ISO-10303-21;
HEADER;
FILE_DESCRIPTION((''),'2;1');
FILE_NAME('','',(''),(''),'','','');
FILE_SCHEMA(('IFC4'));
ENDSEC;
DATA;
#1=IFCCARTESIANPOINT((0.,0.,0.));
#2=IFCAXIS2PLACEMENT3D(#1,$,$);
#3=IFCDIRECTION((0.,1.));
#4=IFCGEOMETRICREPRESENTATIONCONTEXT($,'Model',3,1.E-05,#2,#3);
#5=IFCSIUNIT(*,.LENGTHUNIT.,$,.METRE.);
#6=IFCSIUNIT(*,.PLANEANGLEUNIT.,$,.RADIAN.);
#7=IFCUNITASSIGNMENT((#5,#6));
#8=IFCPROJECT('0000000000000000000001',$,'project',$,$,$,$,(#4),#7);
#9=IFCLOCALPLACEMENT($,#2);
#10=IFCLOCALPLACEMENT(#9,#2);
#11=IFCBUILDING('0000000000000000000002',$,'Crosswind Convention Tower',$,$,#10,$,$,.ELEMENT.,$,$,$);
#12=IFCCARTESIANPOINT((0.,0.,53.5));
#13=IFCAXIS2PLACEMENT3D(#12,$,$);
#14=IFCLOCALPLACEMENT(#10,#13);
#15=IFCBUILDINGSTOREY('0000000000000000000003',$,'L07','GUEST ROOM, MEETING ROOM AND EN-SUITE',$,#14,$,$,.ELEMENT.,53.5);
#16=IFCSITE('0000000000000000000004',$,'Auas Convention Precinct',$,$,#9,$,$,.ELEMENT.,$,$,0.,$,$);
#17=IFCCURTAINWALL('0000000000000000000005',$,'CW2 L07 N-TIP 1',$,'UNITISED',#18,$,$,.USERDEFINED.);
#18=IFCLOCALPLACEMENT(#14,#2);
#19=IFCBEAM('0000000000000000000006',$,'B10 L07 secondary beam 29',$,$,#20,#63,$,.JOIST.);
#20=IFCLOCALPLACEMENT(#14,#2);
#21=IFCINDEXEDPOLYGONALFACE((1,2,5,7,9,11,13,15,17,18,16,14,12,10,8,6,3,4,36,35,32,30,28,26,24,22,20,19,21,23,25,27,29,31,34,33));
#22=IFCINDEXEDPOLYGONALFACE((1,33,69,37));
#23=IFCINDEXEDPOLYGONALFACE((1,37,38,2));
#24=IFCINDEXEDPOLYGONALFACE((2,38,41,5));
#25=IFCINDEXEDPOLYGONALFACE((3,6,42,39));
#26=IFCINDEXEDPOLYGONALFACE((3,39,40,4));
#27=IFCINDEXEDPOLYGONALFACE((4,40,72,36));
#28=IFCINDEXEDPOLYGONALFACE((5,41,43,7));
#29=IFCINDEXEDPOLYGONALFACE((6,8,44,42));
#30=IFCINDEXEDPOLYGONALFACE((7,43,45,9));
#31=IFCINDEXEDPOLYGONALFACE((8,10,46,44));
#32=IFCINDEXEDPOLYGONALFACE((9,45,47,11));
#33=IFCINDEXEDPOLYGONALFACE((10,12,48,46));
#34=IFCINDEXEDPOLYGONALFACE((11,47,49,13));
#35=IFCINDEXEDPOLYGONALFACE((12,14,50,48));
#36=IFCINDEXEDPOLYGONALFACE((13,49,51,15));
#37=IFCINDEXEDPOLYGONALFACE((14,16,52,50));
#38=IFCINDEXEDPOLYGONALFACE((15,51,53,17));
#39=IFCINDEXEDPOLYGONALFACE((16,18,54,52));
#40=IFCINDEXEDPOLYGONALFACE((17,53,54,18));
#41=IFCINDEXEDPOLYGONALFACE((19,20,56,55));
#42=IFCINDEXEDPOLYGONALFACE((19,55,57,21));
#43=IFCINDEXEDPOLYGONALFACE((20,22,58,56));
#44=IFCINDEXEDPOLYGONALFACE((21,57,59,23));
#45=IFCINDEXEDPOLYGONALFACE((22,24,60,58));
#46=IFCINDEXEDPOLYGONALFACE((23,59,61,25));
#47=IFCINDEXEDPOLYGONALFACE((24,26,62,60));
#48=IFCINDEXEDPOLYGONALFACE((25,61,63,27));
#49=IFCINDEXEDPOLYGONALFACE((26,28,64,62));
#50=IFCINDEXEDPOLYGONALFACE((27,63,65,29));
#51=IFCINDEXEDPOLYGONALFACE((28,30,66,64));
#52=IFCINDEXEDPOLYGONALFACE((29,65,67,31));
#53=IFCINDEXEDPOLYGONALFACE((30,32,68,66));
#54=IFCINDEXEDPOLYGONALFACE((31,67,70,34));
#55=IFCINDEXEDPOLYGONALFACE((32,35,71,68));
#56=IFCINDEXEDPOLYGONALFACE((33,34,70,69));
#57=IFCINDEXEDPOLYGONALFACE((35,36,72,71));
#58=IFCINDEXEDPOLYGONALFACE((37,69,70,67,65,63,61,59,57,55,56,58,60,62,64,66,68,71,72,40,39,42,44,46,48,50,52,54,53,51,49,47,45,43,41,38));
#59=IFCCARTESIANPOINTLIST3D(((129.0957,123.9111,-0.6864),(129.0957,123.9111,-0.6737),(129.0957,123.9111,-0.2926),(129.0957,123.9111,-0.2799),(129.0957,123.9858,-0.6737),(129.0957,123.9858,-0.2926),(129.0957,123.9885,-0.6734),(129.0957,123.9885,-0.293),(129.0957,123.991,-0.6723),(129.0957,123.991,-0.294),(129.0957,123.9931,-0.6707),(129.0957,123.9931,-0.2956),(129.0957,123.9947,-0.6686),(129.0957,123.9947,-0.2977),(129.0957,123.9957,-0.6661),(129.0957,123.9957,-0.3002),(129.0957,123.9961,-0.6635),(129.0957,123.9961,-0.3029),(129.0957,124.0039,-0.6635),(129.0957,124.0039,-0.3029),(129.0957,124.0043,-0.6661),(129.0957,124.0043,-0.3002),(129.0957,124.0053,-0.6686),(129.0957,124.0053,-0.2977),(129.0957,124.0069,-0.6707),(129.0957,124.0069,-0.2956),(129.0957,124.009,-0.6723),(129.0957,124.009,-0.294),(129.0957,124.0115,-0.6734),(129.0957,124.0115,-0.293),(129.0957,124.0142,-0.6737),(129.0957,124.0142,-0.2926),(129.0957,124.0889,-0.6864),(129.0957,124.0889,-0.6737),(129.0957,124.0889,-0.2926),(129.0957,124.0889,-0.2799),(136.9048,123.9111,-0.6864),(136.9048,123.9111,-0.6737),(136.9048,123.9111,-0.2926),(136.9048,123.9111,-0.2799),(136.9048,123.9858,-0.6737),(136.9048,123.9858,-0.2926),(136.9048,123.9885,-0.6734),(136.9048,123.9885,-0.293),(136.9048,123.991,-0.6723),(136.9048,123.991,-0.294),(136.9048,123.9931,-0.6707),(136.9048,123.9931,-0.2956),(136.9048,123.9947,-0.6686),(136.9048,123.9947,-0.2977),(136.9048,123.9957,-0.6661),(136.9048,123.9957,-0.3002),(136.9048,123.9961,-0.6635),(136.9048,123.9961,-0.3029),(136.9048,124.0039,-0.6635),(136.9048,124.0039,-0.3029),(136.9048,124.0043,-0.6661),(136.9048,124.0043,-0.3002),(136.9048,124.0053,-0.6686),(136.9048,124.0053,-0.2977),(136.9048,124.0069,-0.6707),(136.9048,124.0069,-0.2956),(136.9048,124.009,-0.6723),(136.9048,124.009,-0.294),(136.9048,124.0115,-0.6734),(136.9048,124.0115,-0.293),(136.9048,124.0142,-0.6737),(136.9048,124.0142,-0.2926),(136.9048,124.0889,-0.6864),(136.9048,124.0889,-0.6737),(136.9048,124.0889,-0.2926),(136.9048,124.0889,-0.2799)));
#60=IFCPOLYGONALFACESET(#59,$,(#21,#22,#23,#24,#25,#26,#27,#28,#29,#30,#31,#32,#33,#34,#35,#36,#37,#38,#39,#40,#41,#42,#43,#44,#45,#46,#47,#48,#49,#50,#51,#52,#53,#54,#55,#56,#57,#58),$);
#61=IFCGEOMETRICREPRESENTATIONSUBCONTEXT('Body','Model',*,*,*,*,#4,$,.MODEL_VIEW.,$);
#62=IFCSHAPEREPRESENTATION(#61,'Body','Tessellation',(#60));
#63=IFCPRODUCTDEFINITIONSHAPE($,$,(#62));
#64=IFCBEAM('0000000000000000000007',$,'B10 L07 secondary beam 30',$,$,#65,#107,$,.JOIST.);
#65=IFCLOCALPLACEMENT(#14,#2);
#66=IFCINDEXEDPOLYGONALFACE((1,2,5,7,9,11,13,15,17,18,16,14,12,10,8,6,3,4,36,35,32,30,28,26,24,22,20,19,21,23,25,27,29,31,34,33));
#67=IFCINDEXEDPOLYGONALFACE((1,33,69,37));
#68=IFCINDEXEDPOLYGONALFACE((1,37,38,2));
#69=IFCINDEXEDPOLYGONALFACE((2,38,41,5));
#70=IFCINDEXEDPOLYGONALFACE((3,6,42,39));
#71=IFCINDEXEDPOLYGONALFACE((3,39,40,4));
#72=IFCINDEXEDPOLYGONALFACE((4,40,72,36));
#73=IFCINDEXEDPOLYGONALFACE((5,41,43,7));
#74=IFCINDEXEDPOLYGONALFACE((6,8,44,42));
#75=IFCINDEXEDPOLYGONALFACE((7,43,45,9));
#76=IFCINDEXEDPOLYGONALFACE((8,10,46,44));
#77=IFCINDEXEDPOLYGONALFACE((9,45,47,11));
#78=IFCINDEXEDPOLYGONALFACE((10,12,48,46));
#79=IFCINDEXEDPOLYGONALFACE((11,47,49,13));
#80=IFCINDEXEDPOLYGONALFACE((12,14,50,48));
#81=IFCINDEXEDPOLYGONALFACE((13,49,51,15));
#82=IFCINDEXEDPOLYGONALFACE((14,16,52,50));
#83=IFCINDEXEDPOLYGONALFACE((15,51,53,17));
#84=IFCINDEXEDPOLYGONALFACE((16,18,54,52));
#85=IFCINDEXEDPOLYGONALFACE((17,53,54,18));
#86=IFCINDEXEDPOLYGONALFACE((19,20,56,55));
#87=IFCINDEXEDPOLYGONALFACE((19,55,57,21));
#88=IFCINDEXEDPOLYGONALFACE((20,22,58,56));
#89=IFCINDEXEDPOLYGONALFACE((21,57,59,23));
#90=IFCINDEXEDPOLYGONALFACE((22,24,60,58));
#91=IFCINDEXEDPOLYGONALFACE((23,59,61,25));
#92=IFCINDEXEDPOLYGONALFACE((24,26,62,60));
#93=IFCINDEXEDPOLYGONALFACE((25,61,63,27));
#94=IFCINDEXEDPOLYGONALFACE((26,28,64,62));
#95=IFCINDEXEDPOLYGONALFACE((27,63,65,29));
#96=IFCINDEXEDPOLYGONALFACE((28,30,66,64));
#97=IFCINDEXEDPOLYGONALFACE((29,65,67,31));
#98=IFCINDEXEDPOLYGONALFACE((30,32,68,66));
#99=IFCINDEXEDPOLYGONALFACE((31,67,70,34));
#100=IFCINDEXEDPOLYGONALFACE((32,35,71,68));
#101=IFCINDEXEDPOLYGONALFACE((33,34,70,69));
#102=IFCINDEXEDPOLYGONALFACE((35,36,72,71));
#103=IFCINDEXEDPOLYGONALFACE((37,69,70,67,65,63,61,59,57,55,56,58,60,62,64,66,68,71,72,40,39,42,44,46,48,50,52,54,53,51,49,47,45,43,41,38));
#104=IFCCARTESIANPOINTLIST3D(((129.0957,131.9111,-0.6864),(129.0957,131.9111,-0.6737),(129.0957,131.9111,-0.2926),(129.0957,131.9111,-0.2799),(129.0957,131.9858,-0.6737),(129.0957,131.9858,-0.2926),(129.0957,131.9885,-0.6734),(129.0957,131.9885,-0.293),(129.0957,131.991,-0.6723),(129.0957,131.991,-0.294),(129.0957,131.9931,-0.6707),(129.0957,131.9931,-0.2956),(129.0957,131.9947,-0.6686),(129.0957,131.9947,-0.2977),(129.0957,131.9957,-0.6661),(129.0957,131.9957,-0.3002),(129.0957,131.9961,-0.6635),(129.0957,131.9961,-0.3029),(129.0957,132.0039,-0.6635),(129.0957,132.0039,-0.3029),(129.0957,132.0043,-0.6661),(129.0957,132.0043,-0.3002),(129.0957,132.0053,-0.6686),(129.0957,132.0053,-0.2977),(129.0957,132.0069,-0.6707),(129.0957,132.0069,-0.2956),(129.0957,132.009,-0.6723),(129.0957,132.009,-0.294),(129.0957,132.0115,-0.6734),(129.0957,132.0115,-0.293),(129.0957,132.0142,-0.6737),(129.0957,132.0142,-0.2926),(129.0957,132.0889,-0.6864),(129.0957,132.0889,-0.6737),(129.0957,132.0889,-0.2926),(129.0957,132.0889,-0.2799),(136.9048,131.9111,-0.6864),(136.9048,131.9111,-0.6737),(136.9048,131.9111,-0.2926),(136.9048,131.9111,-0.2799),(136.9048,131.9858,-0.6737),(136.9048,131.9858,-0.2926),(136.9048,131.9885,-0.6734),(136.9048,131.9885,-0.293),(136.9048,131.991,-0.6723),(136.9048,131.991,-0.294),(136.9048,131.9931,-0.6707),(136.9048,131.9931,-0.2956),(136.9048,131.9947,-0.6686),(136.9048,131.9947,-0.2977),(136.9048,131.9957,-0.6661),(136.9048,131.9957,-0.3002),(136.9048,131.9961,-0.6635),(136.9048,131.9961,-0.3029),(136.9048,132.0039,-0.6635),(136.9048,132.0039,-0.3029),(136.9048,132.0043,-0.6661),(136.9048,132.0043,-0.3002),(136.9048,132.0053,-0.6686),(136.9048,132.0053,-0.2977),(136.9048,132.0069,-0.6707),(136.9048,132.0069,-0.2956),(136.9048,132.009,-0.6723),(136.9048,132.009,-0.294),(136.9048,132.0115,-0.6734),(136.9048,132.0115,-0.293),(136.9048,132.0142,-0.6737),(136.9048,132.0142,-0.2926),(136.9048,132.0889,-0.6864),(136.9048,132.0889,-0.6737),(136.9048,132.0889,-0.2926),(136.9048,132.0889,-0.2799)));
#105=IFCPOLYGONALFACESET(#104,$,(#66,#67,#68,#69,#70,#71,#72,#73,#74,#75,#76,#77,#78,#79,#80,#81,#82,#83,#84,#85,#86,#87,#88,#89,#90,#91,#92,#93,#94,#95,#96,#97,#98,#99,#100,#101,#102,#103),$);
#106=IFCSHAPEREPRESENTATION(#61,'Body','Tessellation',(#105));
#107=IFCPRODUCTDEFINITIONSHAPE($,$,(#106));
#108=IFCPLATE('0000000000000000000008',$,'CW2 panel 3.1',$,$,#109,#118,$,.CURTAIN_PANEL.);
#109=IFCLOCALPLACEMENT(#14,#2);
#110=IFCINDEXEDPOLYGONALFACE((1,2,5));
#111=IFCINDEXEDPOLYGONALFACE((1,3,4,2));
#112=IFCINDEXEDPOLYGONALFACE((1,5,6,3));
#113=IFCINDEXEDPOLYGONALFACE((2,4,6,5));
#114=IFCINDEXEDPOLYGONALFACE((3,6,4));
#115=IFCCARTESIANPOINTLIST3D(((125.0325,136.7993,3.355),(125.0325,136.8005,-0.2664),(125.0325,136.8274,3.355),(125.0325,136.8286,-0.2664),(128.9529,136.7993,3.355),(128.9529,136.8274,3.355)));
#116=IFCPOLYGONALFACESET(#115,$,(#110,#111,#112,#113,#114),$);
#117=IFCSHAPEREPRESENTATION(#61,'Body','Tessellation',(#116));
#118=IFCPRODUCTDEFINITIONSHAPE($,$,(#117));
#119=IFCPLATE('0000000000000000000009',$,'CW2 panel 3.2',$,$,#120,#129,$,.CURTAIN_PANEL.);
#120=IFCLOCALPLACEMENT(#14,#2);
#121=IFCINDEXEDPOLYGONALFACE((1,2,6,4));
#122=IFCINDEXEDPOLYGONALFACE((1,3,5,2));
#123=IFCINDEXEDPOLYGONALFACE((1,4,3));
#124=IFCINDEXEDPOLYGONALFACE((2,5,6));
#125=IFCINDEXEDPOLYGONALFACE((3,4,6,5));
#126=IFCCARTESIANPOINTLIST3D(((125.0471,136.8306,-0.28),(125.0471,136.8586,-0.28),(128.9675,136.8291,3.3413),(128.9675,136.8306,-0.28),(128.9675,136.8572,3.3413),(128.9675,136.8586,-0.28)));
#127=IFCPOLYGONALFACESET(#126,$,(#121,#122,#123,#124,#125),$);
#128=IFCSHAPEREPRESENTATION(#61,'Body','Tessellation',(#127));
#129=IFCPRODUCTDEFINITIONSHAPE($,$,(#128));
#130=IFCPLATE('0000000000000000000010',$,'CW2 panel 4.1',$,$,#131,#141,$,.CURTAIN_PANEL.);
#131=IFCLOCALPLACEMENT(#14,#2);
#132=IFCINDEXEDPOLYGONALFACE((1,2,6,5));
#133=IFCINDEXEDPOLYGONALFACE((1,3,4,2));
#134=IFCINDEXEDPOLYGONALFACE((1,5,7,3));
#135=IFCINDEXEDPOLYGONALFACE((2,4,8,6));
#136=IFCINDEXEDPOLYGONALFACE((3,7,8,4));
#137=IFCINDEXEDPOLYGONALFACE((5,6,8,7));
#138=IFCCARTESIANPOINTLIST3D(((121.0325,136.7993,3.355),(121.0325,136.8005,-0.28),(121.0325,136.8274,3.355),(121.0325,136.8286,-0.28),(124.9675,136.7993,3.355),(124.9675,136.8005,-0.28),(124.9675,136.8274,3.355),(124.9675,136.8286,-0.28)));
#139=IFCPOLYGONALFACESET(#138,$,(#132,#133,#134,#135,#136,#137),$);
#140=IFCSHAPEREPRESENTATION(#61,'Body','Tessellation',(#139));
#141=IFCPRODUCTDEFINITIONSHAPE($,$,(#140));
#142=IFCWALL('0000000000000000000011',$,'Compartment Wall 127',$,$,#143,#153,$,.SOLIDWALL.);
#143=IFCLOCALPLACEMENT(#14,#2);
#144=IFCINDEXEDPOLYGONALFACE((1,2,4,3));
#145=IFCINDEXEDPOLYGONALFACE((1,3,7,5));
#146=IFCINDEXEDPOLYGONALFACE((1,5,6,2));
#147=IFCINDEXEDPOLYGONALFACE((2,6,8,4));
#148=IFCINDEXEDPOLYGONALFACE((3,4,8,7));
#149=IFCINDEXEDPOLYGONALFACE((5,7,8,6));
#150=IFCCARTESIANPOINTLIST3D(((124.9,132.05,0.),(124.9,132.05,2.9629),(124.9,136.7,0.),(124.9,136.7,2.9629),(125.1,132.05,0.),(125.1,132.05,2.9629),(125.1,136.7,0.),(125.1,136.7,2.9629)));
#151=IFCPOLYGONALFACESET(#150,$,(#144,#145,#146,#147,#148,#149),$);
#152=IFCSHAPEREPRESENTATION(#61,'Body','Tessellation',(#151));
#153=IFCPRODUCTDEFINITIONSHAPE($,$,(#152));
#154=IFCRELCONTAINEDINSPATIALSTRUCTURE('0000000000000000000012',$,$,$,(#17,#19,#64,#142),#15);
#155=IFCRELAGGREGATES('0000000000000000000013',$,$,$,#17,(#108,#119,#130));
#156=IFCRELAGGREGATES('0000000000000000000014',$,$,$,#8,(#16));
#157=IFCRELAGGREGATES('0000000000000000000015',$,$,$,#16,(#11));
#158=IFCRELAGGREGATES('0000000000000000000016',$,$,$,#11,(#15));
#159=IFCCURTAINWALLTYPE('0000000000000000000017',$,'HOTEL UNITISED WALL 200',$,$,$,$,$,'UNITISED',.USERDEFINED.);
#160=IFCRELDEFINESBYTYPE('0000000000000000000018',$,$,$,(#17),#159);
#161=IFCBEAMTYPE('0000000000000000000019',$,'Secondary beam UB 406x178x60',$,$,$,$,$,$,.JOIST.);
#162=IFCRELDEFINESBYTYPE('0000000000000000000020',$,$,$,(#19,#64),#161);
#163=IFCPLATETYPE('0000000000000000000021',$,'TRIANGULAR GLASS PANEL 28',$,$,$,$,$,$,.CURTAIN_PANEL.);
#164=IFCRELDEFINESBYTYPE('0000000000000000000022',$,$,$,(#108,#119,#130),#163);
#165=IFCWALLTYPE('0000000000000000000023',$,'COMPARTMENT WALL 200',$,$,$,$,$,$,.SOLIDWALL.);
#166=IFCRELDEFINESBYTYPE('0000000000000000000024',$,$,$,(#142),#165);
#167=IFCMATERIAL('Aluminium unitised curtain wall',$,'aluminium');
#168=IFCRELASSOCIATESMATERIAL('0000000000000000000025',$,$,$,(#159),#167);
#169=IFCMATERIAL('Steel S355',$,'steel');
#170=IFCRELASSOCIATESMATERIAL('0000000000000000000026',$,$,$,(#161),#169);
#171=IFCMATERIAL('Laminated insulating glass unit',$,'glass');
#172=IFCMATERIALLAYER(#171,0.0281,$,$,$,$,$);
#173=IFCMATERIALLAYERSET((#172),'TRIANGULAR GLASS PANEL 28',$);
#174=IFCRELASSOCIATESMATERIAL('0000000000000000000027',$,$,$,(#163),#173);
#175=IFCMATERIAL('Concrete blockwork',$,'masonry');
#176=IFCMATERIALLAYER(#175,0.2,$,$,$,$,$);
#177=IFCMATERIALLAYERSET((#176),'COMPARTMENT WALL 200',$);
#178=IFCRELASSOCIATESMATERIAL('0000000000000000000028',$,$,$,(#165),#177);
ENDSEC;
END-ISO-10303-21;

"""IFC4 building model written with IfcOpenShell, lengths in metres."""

from ifc_helpers import new_model, si_unit, direction, frame, frame_2d, origin, origin_2d, place, context, subcontext, project, spatial, polyline, rectangle, i_section, outline, extrude, material, layer, layer_set, material_profile, profile_set, type_object, element, aggregate, save


model = new_model("IFC4")

# Units and contexts
model_context = context("Model", 3, precision=1e-05, world=origin(), true_north=direction((0.0, 1.0)))
body_context = subcontext(model_context, "Body", "Model", "MODEL_VIEW")
ifc_project = project(units=[si_unit("LENGTHUNIT", "METRE"), si_unit("PLANEANGLEUNIT", "RADIAN")], contexts=[model_context])

# Site, building, storey
site_placement = place(None, origin())
site = spatial("IfcSite", under=ifc_project, at=site_placement, Name="Auas Convention Precinct", CompositionType="ELEMENT", RefElevation=0.0)
building_placement = place(site_placement, origin())
building = spatial("IfcBuilding", under=site, at=building_placement, Name="Crosswind Convention Tower", CompositionType="ELEMENT")
storey_placement = place(building_placement, frame((0.0, 0.0, 53.5)))
storey = spatial("IfcBuildingStorey", under=building, at=storey_placement, Name="L07", Description="GUEST ROOM, MEETING ROOM AND EN-SUITE", CompositionType="ELEMENT", Elevation=53.5)

# Shared definitions
ifc_material_1 = material(Name="Steel S355", Category="steel")

# Curtain wall
ifc_material_2 = material(Name="Aluminium unitised curtain wall", Category="aluminium")
curtain_wall_type = type_object("IfcCurtainWallType", Name="HOTEL UNITISED WALL 200", ElementType="UNITISED", PredefinedType="USERDEFINED", material=ifc_material_2)
curtain_wall_placement = place(storey_placement, origin())
curtain_wall = element("IfcCurtainWall", 1, at=curtain_wall_placement, inside=storey, type_object=curtain_wall_type, Name="CW2 L07 N-TIP 1", ObjectType="UNITISED", PredefinedType="USERDEFINED")

# Beams
ifc_material_profile_1 = material_profile(ifc_material_1, i_section(OverallWidth=0.1777, OverallDepth=0.4065, WebThickness=0.0078, FlangeThickness=0.0127, FilletRadius=0.0103, at=origin_2d()), Name="UB 406x178x60")
ifc_profile_set_1 = profile_set([ifc_material_profile_1], Name="Steel S355")
beam_type_1 = type_object("IfcBeamType", Name="Secondary beam UB 406x178x60", PredefinedType="JOIST", material=ifc_profile_set_1)
for number, where, z_axis, x_axis, name in (
    (2, (129.0957, 124.0, -0.4832), (1.0, 0.0, 0.0), (0.0, 1.0, 0.0), "B10 L07 secondary beam 29"),
    (3, (129.0957, 132.0, -0.4832), (1.0, 0.0, 0.0), (0.0, 1.0, 0.0), "B10 L07 secondary beam 30"),
):
    element("IfcBeam", number, at=place(storey_placement, frame(where, z_axis=z_axis, x_axis=x_axis)), inside=storey, type_object=beam_type_1, Name=name, PredefinedType="JOIST", context=body_context, shape_type="SweptSolid", body=[
        extrude(i_section(OverallWidth=0.1777, OverallDepth=0.4065, WebThickness=0.0078, FlangeThickness=0.0127, FilletRadius=0.0103, at=origin_2d()), origin(), (0.0, 0.0, 1.0), 7.8091),
    ])

# Plates
ifc_material_3 = material(Name="Laminated insulating glass unit", Category="glass")
ifc_layer_1 = layer(ifc_material_3, 0.0281)
ifc_layer_set_1 = layer_set([ifc_layer_1], Name="TRIANGULAR GLASS PANEL 28")
plate_type = type_object("IfcPlateType", Name="TRIANGULAR GLASS PANEL 28", PredefinedType="CURTAIN_PANEL", material=ifc_layer_set_1)
plate_1_placement = place(storey_placement, frame((125.0325, 136.8274, 3.355), z_axis=(0.0, 1.0, 0.000337), x_axis=(1.0, 0.0, 0.0)))
plate_1 = element("IfcPlate", 4, at=plate_1_placement, type_object=plate_type, Name="CW2 panel 3.1", PredefinedType="CURTAIN_PANEL", context=body_context, shape_type="SweptSolid", body=[
    extrude(outline(polyline([(0.0, 0.0), (3.9204, 0.0), (0.0, 3.6213), (0.0, 0.0)])), origin(), (0.0, 0.0, -1.0), 0.0281),
])
plate_2_placement = place(storey_placement, frame((128.9675, 136.8586, -0.28), z_axis=(0.0, 1.0, 0.000405), x_axis=(-1.0, 0.0, 0.0)))
plate_2 = element("IfcPlate", 5, at=plate_2_placement, type_object=plate_type, Name="CW2 panel 3.2", PredefinedType="CURTAIN_PANEL", context=body_context, shape_type="SweptSolid", body=[
    extrude(outline(polyline([(0.0, 0.0), (3.9204, 0.0), (0.0, 3.6213), (0.0, 0.0)])), origin(), (0.0, 0.0, -1.0), 0.0281),
])
plate_3_placement = place(storey_placement, frame((124.9675, 136.8286, -0.28), z_axis=(0.0, 1.0, 0.000336), x_axis=(-1.0, 0.0, 0.0)))
plate_3 = element("IfcPlate", 6, at=plate_3_placement, type_object=plate_type, Name="CW2 panel 4.1", PredefinedType="CURTAIN_PANEL", context=body_context, shape_type="SweptSolid", body=[
    extrude(outline(polyline([(0.0, 0.0), (3.9351, 0.0), (3.9351, 3.635), (0.0, 3.635), (0.0, 0.0)])), origin(), (0.0, 0.0, -1.0), 0.0281),
])
aggregate(curtain_wall, [plate_1, plate_2, plate_3])

# Wall
ifc_material_4 = material(Name="Concrete blockwork", Category="masonry")
ifc_layer_2 = layer(ifc_material_4, 0.2)
ifc_layer_set_2 = layer_set([ifc_layer_2], Name="COMPARTMENT WALL 200")
wall_type_1 = type_object("IfcWallType", Name="COMPARTMENT WALL 200", PredefinedType="SOLIDWALL", material=ifc_layer_set_2)
wall_1_placement = place(storey_placement, frame((125.0, 132.05, 0.0), z_axis=(0.0, 0.0, 1.0), x_axis=(0.0, 1.0, 0.0)))
element("IfcWall", 7, at=wall_1_placement, inside=storey, type_object=wall_type_1, Name="Compartment Wall 127", PredefinedType="SOLIDWALL", context=body_context, shape_type="SweptSolid", body=[
    extrude(rectangle(XDim=4.6499, YDim=0.2, at=frame_2d((2.325, 0.0))), origin(), (0.0, 0.0, 1.0), 2.9629),
])

save(model, "model.ifc")
